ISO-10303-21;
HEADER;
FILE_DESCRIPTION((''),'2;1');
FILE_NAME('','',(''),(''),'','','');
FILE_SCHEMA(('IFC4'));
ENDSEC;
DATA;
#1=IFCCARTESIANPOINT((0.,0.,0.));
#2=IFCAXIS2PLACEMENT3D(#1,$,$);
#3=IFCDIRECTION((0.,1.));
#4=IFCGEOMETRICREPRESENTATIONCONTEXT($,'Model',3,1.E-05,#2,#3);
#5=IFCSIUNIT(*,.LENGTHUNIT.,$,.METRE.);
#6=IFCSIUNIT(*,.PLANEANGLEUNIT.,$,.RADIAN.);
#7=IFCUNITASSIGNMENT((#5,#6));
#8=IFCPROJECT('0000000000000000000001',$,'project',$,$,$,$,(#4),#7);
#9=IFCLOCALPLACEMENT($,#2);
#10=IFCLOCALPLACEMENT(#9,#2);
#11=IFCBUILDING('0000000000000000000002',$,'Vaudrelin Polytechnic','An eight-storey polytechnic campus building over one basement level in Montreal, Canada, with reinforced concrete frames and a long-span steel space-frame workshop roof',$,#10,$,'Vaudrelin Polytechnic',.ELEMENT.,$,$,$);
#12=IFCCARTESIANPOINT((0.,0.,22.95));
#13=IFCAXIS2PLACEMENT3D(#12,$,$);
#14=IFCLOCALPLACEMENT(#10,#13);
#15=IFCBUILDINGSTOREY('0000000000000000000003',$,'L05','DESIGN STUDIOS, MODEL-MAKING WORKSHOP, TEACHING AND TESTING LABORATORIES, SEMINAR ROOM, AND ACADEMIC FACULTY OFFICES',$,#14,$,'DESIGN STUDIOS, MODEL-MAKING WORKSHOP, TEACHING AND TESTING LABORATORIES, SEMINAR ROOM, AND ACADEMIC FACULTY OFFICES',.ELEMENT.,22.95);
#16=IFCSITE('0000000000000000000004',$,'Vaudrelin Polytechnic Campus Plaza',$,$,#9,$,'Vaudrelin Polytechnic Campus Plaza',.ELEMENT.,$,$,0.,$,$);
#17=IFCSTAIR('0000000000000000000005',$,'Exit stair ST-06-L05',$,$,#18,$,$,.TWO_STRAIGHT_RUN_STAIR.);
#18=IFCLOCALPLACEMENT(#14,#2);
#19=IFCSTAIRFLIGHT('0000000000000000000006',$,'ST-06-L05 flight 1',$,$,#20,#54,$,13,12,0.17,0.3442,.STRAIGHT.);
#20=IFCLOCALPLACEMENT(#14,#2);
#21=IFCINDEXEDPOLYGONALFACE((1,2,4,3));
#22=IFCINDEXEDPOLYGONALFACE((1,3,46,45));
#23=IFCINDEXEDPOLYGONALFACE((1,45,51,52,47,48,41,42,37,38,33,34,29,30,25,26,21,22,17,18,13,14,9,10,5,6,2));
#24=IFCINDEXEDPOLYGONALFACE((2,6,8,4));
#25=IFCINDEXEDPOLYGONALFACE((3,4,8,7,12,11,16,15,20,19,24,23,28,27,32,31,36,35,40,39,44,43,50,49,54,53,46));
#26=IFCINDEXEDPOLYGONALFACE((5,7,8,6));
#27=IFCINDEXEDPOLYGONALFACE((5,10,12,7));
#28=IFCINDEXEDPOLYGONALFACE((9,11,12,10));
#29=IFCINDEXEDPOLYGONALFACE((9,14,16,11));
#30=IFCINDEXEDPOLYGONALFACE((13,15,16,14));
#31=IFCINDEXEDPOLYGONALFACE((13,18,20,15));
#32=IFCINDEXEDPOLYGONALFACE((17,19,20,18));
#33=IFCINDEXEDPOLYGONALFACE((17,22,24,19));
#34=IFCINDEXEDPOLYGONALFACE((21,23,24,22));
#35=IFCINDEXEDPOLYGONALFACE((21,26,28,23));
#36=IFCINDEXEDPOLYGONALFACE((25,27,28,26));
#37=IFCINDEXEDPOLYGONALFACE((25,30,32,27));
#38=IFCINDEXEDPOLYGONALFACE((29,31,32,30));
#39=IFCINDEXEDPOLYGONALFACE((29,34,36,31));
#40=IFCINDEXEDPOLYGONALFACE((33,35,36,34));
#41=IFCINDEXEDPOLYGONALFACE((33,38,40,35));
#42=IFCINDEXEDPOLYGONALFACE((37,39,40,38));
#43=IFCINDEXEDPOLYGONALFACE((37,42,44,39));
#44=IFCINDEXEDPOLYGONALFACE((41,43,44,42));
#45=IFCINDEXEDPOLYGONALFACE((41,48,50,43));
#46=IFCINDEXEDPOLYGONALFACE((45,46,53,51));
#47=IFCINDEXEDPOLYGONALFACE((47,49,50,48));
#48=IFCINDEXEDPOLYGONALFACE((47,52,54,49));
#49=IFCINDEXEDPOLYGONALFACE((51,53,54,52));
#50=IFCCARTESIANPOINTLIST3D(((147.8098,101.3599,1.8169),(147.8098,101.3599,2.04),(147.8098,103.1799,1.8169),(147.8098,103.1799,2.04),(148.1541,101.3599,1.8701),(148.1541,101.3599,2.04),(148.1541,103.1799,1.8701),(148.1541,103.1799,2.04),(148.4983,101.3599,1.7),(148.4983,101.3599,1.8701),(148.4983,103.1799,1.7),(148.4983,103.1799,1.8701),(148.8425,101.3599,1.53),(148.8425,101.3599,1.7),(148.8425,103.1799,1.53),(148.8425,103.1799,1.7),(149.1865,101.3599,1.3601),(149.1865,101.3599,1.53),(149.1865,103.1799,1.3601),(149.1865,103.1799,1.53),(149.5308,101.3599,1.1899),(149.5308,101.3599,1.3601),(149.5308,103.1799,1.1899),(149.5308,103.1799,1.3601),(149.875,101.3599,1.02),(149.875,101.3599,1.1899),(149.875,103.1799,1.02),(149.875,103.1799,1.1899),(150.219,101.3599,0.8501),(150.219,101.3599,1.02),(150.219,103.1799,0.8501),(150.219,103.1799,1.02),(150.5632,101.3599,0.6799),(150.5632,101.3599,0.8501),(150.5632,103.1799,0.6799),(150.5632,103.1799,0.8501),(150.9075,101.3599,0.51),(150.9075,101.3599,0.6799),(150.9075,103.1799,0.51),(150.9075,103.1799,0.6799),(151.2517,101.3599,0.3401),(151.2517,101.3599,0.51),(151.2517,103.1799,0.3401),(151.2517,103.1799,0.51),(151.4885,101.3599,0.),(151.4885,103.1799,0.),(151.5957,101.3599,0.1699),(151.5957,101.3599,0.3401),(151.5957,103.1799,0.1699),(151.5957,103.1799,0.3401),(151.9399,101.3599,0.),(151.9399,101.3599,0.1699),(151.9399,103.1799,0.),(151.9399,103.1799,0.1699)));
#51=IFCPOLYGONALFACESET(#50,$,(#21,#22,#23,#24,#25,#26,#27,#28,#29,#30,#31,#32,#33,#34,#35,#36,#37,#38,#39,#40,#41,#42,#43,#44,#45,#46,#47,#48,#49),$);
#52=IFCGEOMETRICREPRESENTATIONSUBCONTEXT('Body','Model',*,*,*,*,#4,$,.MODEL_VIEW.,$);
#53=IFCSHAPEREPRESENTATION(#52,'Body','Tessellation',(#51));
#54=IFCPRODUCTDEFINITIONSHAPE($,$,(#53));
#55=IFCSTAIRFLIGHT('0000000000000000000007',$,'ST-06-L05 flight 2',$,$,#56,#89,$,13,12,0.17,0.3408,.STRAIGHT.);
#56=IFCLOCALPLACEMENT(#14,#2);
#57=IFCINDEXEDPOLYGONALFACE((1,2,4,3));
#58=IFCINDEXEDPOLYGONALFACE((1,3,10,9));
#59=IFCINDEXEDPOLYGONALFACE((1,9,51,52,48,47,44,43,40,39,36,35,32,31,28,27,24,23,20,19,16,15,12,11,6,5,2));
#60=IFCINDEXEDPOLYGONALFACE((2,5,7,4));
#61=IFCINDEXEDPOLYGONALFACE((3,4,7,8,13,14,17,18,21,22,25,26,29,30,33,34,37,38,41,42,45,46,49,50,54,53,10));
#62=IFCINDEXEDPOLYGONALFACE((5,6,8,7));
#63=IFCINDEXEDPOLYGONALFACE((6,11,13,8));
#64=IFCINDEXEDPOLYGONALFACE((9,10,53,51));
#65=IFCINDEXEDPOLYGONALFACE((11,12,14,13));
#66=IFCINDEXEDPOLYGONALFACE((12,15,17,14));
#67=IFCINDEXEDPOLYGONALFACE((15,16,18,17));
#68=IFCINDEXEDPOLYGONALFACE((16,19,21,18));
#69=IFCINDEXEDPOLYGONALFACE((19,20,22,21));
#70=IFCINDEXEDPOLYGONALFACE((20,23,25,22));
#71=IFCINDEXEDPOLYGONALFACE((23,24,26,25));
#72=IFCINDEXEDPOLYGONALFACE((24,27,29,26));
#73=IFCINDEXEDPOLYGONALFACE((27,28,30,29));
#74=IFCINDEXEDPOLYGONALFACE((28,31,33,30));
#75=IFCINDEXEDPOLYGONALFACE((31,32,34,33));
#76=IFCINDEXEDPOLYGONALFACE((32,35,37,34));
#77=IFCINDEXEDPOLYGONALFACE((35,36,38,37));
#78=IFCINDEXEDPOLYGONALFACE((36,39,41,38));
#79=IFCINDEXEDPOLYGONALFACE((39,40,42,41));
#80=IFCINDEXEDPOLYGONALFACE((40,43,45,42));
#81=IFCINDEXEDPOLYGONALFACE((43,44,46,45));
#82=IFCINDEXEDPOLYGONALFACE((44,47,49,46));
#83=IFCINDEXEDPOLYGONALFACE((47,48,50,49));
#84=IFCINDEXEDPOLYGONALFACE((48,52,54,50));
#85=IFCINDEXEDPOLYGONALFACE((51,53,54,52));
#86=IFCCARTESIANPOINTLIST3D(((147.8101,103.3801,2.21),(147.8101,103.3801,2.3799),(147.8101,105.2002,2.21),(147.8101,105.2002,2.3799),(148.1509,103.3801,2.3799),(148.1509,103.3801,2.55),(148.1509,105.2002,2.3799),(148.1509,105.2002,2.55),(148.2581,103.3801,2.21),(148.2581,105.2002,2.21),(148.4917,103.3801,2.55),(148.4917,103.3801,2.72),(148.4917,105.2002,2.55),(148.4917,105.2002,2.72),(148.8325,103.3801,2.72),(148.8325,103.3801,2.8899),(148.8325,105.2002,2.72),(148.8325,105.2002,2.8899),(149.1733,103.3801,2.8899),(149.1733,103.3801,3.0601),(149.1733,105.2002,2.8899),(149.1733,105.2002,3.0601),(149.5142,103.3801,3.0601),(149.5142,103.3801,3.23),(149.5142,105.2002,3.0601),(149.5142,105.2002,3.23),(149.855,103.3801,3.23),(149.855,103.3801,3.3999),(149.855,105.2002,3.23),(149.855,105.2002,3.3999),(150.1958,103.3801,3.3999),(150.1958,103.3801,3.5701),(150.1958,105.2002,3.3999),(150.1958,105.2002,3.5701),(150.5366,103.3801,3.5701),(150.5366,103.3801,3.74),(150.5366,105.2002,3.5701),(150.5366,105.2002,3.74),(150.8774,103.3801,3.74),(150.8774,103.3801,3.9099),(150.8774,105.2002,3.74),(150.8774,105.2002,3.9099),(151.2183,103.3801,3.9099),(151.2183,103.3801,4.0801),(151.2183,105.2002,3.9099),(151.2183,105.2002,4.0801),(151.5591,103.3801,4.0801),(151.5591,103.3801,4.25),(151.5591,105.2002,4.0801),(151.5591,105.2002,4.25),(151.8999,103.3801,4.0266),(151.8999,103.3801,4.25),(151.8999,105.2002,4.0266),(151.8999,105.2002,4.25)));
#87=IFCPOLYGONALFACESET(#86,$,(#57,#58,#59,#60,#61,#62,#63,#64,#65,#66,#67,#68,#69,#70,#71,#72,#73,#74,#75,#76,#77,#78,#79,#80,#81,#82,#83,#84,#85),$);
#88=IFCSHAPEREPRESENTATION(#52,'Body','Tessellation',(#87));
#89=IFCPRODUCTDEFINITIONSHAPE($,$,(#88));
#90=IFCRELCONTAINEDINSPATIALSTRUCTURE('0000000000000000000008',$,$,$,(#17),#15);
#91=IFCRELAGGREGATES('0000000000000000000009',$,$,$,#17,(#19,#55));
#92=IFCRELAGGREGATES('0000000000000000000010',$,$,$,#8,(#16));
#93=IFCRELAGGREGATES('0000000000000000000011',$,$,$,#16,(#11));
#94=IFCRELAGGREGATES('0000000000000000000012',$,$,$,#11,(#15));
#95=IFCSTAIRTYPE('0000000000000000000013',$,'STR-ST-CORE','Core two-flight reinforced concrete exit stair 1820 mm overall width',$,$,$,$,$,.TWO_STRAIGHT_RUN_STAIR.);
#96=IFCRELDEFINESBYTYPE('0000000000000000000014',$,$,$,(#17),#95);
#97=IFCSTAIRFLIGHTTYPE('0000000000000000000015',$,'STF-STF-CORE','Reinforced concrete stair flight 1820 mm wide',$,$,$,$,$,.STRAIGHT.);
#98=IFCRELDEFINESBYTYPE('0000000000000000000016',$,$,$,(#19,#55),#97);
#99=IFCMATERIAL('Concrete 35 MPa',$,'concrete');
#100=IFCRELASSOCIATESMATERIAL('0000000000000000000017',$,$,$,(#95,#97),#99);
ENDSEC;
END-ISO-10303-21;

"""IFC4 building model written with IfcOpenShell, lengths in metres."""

from ifc_helpers import new_model, si_unit, direction, frame, origin, place, context, subcontext, project, spatial, polyline, outline, extrude, material, type_object, element, aggregate, save


model = new_model("IFC4")

# Units and contexts
model_context = context("Model", 3, precision=1e-05, world=origin(), true_north=direction((0.0, 1.0)))
body_context = subcontext(model_context, "Body", "Model", "MODEL_VIEW")
ifc_project = project(units=[si_unit("LENGTHUNIT", "METRE"), si_unit("PLANEANGLEUNIT", "RADIAN")], contexts=[model_context])

# Site, building, storey
site_placement = place(None, origin())
site = spatial("IfcSite", under=ifc_project, at=site_placement, Name="Vaudrelin Polytechnic Campus Plaza", LongName="Vaudrelin Polytechnic Campus Plaza", CompositionType="ELEMENT", RefElevation=0.0)
building_placement = place(site_placement, origin())
building = spatial("IfcBuilding", under=site, at=building_placement, Name="Vaudrelin Polytechnic", Description="An eight-storey polytechnic campus building over one basement level in Montreal, Canada, with reinforced concrete frames and a long-span steel space-frame workshop roof", LongName="Vaudrelin Polytechnic", CompositionType="ELEMENT")
storey_placement = place(building_placement, frame((0.0, 0.0, 22.95)))
storey = spatial("IfcBuildingStorey", under=building, at=storey_placement, Name="L05", Description="DESIGN STUDIOS, MODEL-MAKING WORKSHOP, TEACHING AND TESTING LABORATORIES, SEMINAR ROOM, AND ACADEMIC FACULTY OFFICES", LongName="DESIGN STUDIOS, MODEL-MAKING WORKSHOP, TEACHING AND TESTING LABORATORIES, SEMINAR ROOM, AND ACADEMIC FACULTY OFFICES", CompositionType="ELEMENT", Elevation=22.95)

# Stair, stair flights
ifc_material_1 = material(Name="Concrete 35 MPa", Category="concrete")
stair_type = type_object("IfcStairType", Name="STR-ST-CORE", Description="Core two-flight reinforced concrete exit stair 1820 mm overall width", PredefinedType="TWO_STRAIGHT_RUN_STAIR", material=ifc_material_1)
stair_placement = place(storey_placement, origin())
stair = element("IfcStair", 1, at=stair_placement, inside=storey, type_object=stair_type, Name="Exit stair ST-06-L05", PredefinedType="TWO_STRAIGHT_RUN_STAIR")
stair_flight_type = type_object("IfcStairFlightType", Name="STF-STF-CORE", Description="Reinforced concrete stair flight 1820 mm wide", PredefinedType="STRAIGHT", material=ifc_material_1)
stair_flight_1_placement = place(storey_placement, frame((151.9399, 102.27, 0.0), z_axis=(0.0, 0.0, 1.0), x_axis=(-1.0, 0.0, 0.0)))
stair_flight_1 = element("IfcStairFlight", 2, at=stair_flight_1_placement, type_object=stair_flight_type, Name="ST-06-L05 flight 1", NumberOfRisers=13, NumberOfTreads=12, PredefinedType="STRAIGHT", RiserHeight=0.17, TreadLength=0.3442, context=body_context, shape_type="SweptSolid", body=[
    extrude(outline(polyline([(0.0, 0.0), (0.0, 0.1699), (0.3442, 0.1699), (0.3442, 0.3401), (0.6882, 0.3401), (0.6882, 0.51), (1.0325, 0.51), (1.0325, 0.6799), (1.3767, 0.6799), (1.3767, 0.8501), (1.7209, 0.8501), (1.7209, 1.02), (2.0649, 1.02), (2.0649, 1.1899), (2.4092, 1.1899), (2.4092, 1.3601), (2.7534, 1.3601), (2.7534, 1.53), (3.0974, 1.53), (3.0974, 1.7), (3.4417, 1.7), (3.4417, 1.8701), (3.7859, 1.8701), (3.7859, 2.04), (4.1301, 2.04), (4.1301, 2.21), (4.1301, 1.8169), (0.4514, 0.0), (0.0, 0.0)])), frame((0.0, 0.9102, 0.0), z_axis=(0.0, -1.0, 0.0), x_axis=(1.0, 0.0, 0.0)), (0.0, 0.0, 1.0), 1.8201),
])
stair_flight_2_placement = place(storey_placement, frame((147.8101, 104.29, 2.21), z_axis=(0.0, 0.0, 1.0), x_axis=(1.0, 0.0, 0.0)))
stair_flight_2 = element("IfcStairFlight", 3, at=stair_flight_2_placement, type_object=stair_flight_type, Name="ST-06-L05 flight 2", NumberOfRisers=13, NumberOfTreads=12, PredefinedType="STRAIGHT", RiserHeight=0.17, TreadLength=0.3408, context=body_context, shape_type="SweptSolid", body=[
    extrude(outline(polyline([(0.0, 0.0), (0.0, 0.1699), (0.3408, 0.1699), (0.3408, 0.3401), (0.6816, 0.3401), (0.6816, 0.51), (1.0225, 0.51), (1.0225, 0.6799), (1.3633, 0.6799), (1.3633, 0.8501), (1.7041, 0.8501), (1.7041, 1.02), (2.0449, 1.02), (2.0449, 1.1899), (2.3857, 1.1899), (2.3857, 1.3601), (2.7266, 1.3601), (2.7266, 1.53), (3.0674, 1.53), (3.0674, 1.7), (3.4082, 1.7), (3.4082, 1.8701), (3.749, 1.8701), (3.749, 2.04), (4.0898, 2.04), (4.0898, 2.21), (4.0898, 1.8167), (0.448, 0.0), (0.0, 0.0)])), frame((0.0, 0.9102, 0.0), z_axis=(0.0, -1.0, 0.0), x_axis=(1.0, 0.0, 0.0)), (0.0, 0.0, 1.0), 1.8201),
])
aggregate(stair, [stair_flight_1, stair_flight_2])

save(model, "model.ifc")
